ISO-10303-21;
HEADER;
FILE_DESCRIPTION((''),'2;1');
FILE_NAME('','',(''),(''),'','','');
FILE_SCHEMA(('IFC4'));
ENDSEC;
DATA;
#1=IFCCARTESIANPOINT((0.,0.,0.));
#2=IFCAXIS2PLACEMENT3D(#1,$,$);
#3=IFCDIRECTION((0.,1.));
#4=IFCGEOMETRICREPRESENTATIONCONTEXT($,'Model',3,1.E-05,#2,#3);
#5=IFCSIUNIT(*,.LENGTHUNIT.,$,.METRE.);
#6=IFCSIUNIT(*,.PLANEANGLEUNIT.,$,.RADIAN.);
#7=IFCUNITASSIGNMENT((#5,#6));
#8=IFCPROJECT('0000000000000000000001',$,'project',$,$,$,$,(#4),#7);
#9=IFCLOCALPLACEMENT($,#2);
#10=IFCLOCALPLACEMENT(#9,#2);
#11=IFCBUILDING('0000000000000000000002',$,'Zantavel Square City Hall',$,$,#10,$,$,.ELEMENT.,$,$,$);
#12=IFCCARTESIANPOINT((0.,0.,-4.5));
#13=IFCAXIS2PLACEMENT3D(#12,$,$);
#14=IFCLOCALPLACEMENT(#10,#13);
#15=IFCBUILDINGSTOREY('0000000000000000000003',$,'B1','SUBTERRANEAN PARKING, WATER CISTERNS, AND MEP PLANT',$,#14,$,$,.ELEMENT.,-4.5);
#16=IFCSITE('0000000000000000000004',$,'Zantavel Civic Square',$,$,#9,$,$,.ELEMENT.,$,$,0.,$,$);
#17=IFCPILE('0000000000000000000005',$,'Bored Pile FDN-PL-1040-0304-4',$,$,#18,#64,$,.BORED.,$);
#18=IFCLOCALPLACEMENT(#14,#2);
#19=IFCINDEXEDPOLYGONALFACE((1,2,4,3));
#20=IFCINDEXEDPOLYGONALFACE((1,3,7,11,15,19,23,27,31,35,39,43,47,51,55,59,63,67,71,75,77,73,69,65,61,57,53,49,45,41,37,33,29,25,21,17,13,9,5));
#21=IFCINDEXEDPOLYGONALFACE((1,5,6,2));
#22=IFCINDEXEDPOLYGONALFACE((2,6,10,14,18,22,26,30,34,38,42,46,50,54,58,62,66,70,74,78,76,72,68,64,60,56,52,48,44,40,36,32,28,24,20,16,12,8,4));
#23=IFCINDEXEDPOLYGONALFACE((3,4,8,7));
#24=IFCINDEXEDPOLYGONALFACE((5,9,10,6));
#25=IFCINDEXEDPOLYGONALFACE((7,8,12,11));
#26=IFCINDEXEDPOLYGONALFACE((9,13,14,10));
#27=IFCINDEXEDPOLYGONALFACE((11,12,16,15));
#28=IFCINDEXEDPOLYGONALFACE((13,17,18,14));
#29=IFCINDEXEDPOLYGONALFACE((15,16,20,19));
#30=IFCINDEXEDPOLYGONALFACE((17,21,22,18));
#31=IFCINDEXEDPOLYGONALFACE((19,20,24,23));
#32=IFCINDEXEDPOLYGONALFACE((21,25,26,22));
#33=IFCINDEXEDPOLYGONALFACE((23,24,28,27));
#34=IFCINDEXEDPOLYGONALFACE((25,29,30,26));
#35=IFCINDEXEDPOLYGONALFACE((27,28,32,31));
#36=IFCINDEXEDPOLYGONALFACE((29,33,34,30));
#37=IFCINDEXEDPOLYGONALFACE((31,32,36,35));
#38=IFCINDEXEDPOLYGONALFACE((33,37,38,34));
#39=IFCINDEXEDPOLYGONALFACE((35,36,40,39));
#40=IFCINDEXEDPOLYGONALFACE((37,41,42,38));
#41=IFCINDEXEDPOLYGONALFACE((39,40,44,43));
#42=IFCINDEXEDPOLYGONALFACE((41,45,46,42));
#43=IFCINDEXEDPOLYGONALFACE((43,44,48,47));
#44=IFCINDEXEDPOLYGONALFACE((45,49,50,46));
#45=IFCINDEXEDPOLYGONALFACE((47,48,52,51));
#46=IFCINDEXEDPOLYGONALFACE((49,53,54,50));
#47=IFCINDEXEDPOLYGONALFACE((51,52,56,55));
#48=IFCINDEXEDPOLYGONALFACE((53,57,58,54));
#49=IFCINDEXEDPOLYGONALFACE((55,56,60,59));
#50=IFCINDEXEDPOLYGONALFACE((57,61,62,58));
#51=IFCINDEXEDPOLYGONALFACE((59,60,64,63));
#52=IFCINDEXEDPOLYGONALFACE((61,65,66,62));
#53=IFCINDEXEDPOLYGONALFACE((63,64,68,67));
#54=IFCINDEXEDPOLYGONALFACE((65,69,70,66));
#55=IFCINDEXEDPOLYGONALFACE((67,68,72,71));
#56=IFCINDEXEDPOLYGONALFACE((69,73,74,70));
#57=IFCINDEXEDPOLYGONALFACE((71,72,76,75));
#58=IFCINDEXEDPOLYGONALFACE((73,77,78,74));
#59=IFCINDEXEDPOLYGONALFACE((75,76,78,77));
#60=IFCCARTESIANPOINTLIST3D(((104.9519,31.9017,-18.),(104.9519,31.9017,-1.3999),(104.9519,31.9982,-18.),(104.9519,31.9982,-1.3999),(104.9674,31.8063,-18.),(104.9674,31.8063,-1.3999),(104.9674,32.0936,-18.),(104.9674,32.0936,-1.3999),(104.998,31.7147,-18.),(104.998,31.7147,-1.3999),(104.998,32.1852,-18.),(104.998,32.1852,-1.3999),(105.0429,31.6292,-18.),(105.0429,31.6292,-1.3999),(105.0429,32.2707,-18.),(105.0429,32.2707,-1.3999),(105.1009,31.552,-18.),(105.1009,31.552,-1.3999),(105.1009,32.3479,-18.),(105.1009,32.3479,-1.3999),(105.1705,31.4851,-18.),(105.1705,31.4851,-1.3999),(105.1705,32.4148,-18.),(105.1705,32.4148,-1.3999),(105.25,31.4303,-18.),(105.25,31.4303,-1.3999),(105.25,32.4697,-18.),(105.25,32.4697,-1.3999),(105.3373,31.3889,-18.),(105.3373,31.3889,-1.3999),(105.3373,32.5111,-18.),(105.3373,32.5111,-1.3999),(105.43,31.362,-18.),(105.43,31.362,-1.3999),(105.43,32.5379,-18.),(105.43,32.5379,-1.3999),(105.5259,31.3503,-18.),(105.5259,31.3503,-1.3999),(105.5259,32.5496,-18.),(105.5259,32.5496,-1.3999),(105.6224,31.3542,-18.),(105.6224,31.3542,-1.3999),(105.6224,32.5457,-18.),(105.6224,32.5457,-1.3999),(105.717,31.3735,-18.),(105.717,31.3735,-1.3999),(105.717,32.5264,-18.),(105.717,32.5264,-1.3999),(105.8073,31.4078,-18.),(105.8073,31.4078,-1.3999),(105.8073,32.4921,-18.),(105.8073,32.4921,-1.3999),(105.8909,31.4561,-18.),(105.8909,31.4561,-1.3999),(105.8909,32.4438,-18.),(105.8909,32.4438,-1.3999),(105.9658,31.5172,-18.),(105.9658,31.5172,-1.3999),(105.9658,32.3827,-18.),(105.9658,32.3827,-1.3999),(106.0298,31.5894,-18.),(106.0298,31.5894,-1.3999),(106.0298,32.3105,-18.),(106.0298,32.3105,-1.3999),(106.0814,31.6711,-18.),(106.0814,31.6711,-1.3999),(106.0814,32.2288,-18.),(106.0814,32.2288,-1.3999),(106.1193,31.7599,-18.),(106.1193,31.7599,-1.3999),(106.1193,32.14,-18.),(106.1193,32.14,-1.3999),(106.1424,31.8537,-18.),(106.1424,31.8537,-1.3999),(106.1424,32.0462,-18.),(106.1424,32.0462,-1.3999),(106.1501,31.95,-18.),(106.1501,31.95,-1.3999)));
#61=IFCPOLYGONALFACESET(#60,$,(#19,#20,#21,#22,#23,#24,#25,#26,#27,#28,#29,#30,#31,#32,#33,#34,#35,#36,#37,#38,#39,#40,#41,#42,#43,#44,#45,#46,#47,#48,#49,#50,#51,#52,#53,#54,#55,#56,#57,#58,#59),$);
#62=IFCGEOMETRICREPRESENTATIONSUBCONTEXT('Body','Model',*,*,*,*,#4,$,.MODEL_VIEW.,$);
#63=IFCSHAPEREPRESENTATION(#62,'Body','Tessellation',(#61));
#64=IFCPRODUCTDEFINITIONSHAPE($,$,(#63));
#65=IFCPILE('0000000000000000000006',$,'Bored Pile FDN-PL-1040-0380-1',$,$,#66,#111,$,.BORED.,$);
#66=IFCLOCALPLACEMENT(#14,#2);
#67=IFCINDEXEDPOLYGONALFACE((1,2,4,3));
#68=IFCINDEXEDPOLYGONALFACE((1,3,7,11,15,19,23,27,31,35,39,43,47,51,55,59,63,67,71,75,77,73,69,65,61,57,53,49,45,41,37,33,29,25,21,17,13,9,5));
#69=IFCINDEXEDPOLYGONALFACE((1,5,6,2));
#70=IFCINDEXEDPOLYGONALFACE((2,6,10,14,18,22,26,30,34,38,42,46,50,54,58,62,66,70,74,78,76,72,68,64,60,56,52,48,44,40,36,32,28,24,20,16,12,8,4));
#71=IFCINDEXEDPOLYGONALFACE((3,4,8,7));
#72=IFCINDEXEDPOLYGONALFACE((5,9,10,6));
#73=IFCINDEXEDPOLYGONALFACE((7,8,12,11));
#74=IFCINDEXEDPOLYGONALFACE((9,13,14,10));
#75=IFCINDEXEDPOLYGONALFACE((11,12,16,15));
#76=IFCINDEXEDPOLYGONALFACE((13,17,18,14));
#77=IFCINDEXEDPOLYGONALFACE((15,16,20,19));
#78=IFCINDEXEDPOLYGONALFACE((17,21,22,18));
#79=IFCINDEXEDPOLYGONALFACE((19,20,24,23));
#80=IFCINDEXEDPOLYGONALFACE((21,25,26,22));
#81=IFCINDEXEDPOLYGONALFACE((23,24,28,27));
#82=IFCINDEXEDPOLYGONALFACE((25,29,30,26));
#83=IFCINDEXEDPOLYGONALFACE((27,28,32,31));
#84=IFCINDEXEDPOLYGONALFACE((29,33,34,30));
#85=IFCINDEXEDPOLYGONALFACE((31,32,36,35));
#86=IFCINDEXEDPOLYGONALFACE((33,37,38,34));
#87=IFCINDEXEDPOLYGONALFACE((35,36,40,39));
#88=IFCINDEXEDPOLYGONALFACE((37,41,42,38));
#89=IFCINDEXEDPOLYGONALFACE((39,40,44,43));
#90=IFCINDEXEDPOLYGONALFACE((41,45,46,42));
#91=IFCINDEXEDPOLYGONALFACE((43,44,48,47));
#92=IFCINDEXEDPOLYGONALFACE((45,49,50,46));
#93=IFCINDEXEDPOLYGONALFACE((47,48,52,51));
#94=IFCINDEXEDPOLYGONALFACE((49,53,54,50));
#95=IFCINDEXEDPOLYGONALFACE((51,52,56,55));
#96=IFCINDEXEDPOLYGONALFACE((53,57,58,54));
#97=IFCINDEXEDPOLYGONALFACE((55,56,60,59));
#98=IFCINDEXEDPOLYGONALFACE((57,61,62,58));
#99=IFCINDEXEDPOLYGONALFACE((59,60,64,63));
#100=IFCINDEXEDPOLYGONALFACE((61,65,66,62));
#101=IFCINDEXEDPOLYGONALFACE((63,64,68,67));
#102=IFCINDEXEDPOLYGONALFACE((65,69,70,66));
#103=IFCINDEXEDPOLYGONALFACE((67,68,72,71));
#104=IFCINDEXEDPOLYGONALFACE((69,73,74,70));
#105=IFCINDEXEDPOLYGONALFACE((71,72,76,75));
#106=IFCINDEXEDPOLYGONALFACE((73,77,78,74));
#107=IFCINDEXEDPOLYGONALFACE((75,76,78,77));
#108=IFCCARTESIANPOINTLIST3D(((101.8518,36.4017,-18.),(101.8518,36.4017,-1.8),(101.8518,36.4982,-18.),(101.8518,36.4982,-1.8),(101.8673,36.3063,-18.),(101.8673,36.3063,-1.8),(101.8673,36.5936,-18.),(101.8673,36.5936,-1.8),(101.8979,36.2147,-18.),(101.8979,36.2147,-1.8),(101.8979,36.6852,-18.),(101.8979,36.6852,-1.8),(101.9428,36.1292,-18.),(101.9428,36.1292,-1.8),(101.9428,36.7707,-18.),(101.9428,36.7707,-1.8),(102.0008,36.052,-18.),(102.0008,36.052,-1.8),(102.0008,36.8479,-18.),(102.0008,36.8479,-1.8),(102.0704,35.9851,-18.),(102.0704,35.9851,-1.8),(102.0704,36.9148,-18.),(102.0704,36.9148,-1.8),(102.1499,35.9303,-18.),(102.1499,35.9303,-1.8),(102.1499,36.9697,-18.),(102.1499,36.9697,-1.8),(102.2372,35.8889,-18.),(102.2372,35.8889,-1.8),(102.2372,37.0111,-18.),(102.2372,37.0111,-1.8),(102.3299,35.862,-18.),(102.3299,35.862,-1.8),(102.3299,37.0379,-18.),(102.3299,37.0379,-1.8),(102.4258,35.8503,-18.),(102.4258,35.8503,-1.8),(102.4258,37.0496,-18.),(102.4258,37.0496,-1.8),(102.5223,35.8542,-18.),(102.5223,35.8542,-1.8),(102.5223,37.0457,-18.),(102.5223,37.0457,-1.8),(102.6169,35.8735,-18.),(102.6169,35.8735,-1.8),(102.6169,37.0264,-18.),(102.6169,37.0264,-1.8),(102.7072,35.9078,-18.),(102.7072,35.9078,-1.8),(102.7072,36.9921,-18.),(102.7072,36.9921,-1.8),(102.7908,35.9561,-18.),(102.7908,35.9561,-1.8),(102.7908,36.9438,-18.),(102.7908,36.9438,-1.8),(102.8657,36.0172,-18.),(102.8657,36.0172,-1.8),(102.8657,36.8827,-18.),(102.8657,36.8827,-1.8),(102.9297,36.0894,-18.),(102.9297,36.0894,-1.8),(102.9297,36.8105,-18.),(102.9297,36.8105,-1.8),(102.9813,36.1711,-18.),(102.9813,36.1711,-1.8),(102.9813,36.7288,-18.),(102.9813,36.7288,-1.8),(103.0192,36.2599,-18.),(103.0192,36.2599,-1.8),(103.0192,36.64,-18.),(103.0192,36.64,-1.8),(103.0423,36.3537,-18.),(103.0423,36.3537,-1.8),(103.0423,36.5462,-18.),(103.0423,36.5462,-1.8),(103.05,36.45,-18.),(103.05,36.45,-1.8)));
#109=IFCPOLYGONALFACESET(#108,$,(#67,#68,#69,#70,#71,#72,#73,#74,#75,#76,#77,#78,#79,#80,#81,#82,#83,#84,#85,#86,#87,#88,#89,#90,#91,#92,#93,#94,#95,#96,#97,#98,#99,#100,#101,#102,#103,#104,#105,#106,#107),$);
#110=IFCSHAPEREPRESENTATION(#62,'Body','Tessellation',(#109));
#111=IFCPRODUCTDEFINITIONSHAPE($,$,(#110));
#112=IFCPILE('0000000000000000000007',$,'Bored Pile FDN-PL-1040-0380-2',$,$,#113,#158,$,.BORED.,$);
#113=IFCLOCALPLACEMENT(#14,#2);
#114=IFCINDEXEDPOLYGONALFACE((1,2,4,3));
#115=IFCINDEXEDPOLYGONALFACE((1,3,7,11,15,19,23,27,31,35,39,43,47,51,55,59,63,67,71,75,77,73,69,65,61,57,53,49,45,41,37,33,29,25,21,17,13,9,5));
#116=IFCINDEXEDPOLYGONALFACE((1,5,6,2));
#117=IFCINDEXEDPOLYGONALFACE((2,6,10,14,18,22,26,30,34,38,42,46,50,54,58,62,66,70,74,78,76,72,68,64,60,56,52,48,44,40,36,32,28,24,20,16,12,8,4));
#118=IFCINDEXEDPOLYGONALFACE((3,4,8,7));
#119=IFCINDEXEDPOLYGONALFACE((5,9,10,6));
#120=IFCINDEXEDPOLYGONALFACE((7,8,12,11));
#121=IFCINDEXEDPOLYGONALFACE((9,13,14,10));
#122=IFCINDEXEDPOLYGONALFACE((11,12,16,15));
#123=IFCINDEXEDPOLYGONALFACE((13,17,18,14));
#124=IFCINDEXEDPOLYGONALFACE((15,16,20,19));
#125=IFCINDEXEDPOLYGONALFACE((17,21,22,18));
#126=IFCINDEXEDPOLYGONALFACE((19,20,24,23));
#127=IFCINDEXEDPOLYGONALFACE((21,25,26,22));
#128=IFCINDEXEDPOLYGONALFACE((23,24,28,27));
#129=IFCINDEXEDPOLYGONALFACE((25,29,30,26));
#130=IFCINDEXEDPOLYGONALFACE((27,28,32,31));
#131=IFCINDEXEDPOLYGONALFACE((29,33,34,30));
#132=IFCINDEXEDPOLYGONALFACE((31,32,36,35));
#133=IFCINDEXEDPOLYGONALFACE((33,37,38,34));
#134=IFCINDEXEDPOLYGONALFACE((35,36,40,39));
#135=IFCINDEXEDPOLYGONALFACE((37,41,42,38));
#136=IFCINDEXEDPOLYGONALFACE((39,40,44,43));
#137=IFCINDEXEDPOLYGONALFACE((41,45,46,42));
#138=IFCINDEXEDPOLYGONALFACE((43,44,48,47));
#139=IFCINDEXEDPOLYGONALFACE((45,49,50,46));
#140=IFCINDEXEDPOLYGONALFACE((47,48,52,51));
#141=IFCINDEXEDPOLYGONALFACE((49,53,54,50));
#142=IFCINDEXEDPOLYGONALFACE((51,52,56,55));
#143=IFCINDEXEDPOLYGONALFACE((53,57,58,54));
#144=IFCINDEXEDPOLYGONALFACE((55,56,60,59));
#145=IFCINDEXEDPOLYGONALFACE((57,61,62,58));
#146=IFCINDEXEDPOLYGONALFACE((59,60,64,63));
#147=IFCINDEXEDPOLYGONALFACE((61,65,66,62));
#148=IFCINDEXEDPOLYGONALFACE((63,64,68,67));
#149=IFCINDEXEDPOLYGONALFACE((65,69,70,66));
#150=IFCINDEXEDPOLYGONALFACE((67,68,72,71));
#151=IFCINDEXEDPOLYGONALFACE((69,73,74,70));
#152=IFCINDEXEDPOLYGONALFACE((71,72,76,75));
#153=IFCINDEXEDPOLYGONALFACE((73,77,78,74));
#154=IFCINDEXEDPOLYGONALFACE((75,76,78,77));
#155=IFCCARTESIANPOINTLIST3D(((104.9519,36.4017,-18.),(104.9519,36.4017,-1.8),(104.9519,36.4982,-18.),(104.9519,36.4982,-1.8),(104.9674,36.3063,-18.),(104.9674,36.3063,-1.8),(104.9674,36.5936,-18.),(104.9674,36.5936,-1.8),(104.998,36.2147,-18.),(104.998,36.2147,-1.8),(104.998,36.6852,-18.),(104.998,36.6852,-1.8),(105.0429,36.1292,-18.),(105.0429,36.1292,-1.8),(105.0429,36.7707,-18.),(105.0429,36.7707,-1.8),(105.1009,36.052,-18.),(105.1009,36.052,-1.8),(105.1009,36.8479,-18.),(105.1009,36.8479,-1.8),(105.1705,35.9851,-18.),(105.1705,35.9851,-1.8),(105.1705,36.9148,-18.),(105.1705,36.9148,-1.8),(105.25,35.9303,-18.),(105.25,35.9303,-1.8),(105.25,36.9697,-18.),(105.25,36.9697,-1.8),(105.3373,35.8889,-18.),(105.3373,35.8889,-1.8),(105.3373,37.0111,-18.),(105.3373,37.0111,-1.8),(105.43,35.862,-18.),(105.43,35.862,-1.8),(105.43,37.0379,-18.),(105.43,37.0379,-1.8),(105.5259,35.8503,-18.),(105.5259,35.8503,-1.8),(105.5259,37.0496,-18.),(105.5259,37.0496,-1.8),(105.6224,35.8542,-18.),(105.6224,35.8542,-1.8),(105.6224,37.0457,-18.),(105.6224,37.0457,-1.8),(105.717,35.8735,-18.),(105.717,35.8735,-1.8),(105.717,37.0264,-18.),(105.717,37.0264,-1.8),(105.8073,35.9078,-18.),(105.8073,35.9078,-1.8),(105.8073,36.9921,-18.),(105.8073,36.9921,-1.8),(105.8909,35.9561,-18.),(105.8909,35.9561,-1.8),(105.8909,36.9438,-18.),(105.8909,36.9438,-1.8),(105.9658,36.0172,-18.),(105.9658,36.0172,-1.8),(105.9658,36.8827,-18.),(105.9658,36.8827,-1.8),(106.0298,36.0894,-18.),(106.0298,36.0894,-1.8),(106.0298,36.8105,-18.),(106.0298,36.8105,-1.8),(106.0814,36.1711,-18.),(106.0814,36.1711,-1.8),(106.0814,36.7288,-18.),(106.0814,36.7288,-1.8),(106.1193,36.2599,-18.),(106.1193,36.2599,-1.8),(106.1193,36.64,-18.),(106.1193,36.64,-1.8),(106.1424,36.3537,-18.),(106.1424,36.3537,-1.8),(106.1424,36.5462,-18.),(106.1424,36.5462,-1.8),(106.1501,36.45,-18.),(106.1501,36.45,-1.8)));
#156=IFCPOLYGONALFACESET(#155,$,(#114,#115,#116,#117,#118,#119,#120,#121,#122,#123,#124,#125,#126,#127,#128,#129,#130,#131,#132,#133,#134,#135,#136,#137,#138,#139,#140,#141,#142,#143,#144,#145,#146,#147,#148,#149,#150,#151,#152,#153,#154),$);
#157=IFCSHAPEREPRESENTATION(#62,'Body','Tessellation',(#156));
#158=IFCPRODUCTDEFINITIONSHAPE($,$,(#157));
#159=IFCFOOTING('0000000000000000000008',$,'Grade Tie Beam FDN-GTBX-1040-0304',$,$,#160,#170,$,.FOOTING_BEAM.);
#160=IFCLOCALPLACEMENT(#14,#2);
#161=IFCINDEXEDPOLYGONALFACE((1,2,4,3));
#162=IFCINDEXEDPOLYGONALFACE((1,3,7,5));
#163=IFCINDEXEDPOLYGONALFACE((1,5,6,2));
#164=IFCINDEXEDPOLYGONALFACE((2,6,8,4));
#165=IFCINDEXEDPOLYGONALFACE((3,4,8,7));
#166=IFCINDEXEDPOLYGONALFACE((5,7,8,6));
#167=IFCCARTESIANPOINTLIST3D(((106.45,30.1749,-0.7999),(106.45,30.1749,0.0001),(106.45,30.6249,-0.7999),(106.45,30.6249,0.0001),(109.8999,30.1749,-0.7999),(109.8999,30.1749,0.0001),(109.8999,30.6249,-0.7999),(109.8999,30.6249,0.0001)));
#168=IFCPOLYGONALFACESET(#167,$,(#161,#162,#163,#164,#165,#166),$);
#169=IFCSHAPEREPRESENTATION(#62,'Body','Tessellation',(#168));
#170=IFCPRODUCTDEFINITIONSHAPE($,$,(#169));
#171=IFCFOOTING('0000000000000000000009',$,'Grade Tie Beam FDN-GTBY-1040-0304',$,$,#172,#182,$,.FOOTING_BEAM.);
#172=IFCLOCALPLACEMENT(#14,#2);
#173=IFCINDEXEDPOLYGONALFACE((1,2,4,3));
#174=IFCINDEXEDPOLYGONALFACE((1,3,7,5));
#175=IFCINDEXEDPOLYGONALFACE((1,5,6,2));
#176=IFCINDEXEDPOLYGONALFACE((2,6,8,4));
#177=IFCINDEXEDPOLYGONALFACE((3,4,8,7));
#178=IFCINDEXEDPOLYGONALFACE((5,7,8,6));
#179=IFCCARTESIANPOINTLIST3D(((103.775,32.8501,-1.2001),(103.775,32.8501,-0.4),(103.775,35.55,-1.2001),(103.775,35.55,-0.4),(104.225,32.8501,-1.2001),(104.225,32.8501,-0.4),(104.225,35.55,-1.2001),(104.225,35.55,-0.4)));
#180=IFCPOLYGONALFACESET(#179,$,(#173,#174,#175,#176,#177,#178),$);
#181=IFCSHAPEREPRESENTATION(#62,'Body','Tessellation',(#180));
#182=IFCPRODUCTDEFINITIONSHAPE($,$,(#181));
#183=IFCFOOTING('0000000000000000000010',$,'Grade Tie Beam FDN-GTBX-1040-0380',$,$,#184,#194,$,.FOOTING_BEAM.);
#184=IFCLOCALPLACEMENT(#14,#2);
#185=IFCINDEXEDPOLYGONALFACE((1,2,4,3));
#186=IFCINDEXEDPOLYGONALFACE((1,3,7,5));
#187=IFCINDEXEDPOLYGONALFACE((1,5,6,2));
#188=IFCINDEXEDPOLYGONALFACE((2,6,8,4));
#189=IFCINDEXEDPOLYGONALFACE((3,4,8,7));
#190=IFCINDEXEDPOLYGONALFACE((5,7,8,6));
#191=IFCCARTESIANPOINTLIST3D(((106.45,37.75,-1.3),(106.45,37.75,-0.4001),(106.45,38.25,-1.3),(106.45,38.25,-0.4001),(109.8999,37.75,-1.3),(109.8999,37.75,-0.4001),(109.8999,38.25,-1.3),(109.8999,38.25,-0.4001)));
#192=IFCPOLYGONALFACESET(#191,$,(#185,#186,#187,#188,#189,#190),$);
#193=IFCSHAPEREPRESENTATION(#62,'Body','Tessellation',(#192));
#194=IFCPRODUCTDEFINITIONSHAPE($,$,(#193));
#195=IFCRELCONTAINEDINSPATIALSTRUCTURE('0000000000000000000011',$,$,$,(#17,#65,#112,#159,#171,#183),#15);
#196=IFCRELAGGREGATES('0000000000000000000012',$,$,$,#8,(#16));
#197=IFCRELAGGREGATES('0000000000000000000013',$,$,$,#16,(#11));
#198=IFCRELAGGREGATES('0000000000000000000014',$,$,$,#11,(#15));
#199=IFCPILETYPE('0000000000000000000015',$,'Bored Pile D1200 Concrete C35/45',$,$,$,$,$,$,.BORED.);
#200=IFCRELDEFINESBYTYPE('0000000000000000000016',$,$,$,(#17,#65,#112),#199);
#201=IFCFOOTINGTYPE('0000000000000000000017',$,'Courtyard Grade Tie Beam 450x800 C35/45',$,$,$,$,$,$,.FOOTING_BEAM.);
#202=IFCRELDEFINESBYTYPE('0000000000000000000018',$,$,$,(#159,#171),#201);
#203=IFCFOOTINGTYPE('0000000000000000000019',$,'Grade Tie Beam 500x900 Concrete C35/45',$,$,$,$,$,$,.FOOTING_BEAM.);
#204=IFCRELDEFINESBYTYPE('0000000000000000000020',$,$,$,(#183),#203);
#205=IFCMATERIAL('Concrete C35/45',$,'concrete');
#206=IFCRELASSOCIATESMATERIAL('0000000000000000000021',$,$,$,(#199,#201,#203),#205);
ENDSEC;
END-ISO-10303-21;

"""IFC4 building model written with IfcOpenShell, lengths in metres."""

from ifc_helpers import new_model, si_unit, direction, frame, origin, origin_2d, place, context, subcontext, project, spatial, rectangle, circle, extrude, material, material_profile, profile_set, type_object, element, save


model = new_model("IFC4")

# Units and contexts
model_context = context("Model", 3, precision=1e-05, world=origin(), true_north=direction((0.0, 1.0)))
body_context = subcontext(model_context, "Body", "Model", "MODEL_VIEW")
ifc_project = project(units=[si_unit("LENGTHUNIT", "METRE"), si_unit("PLANEANGLEUNIT", "RADIAN")], contexts=[model_context])

# Site, building, storey
site_placement = place(None, origin())
site = spatial("IfcSite", under=ifc_project, at=site_placement, Name="Zantavel Civic Square", CompositionType="ELEMENT", RefElevation=0.0)
building_placement = place(site_placement, origin())
building = spatial("IfcBuilding", under=site, at=building_placement, Name="Zantavel Square City Hall", CompositionType="ELEMENT")
storey_placement = place(building_placement, frame((0.0, 0.0, -4.5)))
storey = spatial("IfcBuildingStorey", under=building, at=storey_placement, Name="B1", Description="SUBTERRANEAN PARKING, WATER CISTERNS, AND MEP PLANT", CompositionType="ELEMENT", Elevation=-4.5)

# Piles
ifc_material_1 = material(Name="Concrete C35/45", Category="concrete")
ifc_material_profile_1 = material_profile(ifc_material_1, circle(Radius=0.6001, at=origin_2d()), Name="PILE D1200")
ifc_profile_set_1 = profile_set([ifc_material_profile_1], Name="Concrete C35/45")
pile_type_1 = type_object("IfcPileType", Name="Bored Pile D1200 Concrete C35/45", PredefinedType="BORED", material=ifc_profile_set_1)
for number, where, z_axis, x_axis, name in (
    (1, (105.55, 31.95, -1.3999), (0.0, 0.0, -1.0), (1.0, 0.0, 0.0), "Bored Pile FDN-PL-1040-0304-4"),
):
    element("IfcPile", number, at=place(storey_placement, frame(where, z_axis=z_axis, x_axis=x_axis)), inside=storey, type_object=pile_type_1, Name=name, PredefinedType="BORED", context=body_context, shape_type="SweptSolid", body=[
        extrude(circle(Radius=0.6001, at=origin_2d()), origin(), (0.0, 0.0, 1.0), 16.6001),
    ])
for number, where, z_axis, x_axis, name in (
    (2, (102.45, 36.45, -1.8), (0.0, 0.0, -1.0), (1.0, 0.0, 0.0), "Bored Pile FDN-PL-1040-0380-1"),
    (3, (105.55, 36.45, -1.8), (0.0, 0.0, -1.0), (1.0, 0.0, 0.0), "Bored Pile FDN-PL-1040-0380-2"),
):
    element("IfcPile", number, at=place(storey_placement, frame(where, z_axis=z_axis, x_axis=x_axis)), inside=storey, type_object=pile_type_1, Name=name, PredefinedType="BORED", context=body_context, shape_type="SweptSolid", body=[
        extrude(circle(Radius=0.6001, at=origin_2d()), origin(), (0.0, 0.0, 1.0), 16.2),
    ])

# Footings
ifc_material_profile_2 = material_profile(ifc_material_1, rectangle(XDim=0.45, YDim=0.8, at=origin_2d()), Name="RC 450x800")
ifc_profile_set_2 = profile_set([ifc_material_profile_2], Name="Concrete C35/45")
footing_type_1 = type_object("IfcFootingType", Name="Courtyard Grade Tie Beam 450x800 C35/45", PredefinedType="FOOTING_BEAM", material=ifc_profile_set_2)
footing_1_placement = place(storey_placement, frame((106.45, 30.3999, -0.3999), z_axis=(1.0, 0.0, 0.0), x_axis=(0.0, 1.0, 0.0)))
element("IfcFooting", 4, at=footing_1_placement, inside=storey, type_object=footing_type_1, Name="Grade Tie Beam FDN-GTBX-1040-0304", PredefinedType="FOOTING_BEAM", context=body_context, shape_type="SweptSolid", body=[
    extrude(rectangle(XDim=0.45, YDim=0.8, at=origin_2d()), origin(), (0.0, 0.0, 1.0), 3.45),
])
footing_2_placement = place(storey_placement, frame((104.0, 32.8501, -0.8), z_axis=(0.0, 1.0, 0.0), x_axis=(-1.0, 0.0, 0.0)))
element("IfcFooting", 5, at=footing_2_placement, inside=storey, type_object=footing_type_1, Name="Grade Tie Beam FDN-GTBY-1040-0304", PredefinedType="FOOTING_BEAM", context=body_context, shape_type="SweptSolid", body=[
    extrude(rectangle(XDim=0.45, YDim=0.8, at=origin_2d()), origin(), (0.0, 0.0, 1.0), 2.7),
])
ifc_material_profile_3 = material_profile(ifc_material_1, rectangle(XDim=0.5, YDim=0.8999, at=origin_2d()), Name="RC 500x900")
ifc_profile_set_3 = profile_set([ifc_material_profile_3], Name="Concrete C35/45")
footing_type_2 = type_object("IfcFootingType", Name="Grade Tie Beam 500x900 Concrete C35/45", PredefinedType="FOOTING_BEAM", material=ifc_profile_set_3)
footing_3_placement = place(storey_placement, frame((106.45, 38.0, -0.8501), z_axis=(1.0, 0.0, 0.0), x_axis=(0.0, 1.0, 0.0)))
element("IfcFooting", 6, at=footing_3_placement, inside=storey, type_object=footing_type_2, Name="Grade Tie Beam FDN-GTBX-1040-0380", PredefinedType="FOOTING_BEAM", context=body_context, shape_type="SweptSolid", body=[
    extrude(rectangle(XDim=0.5, YDim=0.8999, at=origin_2d()), origin(), (0.0, 0.0, 1.0), 3.45),
])

save(model, "model.ifc")
